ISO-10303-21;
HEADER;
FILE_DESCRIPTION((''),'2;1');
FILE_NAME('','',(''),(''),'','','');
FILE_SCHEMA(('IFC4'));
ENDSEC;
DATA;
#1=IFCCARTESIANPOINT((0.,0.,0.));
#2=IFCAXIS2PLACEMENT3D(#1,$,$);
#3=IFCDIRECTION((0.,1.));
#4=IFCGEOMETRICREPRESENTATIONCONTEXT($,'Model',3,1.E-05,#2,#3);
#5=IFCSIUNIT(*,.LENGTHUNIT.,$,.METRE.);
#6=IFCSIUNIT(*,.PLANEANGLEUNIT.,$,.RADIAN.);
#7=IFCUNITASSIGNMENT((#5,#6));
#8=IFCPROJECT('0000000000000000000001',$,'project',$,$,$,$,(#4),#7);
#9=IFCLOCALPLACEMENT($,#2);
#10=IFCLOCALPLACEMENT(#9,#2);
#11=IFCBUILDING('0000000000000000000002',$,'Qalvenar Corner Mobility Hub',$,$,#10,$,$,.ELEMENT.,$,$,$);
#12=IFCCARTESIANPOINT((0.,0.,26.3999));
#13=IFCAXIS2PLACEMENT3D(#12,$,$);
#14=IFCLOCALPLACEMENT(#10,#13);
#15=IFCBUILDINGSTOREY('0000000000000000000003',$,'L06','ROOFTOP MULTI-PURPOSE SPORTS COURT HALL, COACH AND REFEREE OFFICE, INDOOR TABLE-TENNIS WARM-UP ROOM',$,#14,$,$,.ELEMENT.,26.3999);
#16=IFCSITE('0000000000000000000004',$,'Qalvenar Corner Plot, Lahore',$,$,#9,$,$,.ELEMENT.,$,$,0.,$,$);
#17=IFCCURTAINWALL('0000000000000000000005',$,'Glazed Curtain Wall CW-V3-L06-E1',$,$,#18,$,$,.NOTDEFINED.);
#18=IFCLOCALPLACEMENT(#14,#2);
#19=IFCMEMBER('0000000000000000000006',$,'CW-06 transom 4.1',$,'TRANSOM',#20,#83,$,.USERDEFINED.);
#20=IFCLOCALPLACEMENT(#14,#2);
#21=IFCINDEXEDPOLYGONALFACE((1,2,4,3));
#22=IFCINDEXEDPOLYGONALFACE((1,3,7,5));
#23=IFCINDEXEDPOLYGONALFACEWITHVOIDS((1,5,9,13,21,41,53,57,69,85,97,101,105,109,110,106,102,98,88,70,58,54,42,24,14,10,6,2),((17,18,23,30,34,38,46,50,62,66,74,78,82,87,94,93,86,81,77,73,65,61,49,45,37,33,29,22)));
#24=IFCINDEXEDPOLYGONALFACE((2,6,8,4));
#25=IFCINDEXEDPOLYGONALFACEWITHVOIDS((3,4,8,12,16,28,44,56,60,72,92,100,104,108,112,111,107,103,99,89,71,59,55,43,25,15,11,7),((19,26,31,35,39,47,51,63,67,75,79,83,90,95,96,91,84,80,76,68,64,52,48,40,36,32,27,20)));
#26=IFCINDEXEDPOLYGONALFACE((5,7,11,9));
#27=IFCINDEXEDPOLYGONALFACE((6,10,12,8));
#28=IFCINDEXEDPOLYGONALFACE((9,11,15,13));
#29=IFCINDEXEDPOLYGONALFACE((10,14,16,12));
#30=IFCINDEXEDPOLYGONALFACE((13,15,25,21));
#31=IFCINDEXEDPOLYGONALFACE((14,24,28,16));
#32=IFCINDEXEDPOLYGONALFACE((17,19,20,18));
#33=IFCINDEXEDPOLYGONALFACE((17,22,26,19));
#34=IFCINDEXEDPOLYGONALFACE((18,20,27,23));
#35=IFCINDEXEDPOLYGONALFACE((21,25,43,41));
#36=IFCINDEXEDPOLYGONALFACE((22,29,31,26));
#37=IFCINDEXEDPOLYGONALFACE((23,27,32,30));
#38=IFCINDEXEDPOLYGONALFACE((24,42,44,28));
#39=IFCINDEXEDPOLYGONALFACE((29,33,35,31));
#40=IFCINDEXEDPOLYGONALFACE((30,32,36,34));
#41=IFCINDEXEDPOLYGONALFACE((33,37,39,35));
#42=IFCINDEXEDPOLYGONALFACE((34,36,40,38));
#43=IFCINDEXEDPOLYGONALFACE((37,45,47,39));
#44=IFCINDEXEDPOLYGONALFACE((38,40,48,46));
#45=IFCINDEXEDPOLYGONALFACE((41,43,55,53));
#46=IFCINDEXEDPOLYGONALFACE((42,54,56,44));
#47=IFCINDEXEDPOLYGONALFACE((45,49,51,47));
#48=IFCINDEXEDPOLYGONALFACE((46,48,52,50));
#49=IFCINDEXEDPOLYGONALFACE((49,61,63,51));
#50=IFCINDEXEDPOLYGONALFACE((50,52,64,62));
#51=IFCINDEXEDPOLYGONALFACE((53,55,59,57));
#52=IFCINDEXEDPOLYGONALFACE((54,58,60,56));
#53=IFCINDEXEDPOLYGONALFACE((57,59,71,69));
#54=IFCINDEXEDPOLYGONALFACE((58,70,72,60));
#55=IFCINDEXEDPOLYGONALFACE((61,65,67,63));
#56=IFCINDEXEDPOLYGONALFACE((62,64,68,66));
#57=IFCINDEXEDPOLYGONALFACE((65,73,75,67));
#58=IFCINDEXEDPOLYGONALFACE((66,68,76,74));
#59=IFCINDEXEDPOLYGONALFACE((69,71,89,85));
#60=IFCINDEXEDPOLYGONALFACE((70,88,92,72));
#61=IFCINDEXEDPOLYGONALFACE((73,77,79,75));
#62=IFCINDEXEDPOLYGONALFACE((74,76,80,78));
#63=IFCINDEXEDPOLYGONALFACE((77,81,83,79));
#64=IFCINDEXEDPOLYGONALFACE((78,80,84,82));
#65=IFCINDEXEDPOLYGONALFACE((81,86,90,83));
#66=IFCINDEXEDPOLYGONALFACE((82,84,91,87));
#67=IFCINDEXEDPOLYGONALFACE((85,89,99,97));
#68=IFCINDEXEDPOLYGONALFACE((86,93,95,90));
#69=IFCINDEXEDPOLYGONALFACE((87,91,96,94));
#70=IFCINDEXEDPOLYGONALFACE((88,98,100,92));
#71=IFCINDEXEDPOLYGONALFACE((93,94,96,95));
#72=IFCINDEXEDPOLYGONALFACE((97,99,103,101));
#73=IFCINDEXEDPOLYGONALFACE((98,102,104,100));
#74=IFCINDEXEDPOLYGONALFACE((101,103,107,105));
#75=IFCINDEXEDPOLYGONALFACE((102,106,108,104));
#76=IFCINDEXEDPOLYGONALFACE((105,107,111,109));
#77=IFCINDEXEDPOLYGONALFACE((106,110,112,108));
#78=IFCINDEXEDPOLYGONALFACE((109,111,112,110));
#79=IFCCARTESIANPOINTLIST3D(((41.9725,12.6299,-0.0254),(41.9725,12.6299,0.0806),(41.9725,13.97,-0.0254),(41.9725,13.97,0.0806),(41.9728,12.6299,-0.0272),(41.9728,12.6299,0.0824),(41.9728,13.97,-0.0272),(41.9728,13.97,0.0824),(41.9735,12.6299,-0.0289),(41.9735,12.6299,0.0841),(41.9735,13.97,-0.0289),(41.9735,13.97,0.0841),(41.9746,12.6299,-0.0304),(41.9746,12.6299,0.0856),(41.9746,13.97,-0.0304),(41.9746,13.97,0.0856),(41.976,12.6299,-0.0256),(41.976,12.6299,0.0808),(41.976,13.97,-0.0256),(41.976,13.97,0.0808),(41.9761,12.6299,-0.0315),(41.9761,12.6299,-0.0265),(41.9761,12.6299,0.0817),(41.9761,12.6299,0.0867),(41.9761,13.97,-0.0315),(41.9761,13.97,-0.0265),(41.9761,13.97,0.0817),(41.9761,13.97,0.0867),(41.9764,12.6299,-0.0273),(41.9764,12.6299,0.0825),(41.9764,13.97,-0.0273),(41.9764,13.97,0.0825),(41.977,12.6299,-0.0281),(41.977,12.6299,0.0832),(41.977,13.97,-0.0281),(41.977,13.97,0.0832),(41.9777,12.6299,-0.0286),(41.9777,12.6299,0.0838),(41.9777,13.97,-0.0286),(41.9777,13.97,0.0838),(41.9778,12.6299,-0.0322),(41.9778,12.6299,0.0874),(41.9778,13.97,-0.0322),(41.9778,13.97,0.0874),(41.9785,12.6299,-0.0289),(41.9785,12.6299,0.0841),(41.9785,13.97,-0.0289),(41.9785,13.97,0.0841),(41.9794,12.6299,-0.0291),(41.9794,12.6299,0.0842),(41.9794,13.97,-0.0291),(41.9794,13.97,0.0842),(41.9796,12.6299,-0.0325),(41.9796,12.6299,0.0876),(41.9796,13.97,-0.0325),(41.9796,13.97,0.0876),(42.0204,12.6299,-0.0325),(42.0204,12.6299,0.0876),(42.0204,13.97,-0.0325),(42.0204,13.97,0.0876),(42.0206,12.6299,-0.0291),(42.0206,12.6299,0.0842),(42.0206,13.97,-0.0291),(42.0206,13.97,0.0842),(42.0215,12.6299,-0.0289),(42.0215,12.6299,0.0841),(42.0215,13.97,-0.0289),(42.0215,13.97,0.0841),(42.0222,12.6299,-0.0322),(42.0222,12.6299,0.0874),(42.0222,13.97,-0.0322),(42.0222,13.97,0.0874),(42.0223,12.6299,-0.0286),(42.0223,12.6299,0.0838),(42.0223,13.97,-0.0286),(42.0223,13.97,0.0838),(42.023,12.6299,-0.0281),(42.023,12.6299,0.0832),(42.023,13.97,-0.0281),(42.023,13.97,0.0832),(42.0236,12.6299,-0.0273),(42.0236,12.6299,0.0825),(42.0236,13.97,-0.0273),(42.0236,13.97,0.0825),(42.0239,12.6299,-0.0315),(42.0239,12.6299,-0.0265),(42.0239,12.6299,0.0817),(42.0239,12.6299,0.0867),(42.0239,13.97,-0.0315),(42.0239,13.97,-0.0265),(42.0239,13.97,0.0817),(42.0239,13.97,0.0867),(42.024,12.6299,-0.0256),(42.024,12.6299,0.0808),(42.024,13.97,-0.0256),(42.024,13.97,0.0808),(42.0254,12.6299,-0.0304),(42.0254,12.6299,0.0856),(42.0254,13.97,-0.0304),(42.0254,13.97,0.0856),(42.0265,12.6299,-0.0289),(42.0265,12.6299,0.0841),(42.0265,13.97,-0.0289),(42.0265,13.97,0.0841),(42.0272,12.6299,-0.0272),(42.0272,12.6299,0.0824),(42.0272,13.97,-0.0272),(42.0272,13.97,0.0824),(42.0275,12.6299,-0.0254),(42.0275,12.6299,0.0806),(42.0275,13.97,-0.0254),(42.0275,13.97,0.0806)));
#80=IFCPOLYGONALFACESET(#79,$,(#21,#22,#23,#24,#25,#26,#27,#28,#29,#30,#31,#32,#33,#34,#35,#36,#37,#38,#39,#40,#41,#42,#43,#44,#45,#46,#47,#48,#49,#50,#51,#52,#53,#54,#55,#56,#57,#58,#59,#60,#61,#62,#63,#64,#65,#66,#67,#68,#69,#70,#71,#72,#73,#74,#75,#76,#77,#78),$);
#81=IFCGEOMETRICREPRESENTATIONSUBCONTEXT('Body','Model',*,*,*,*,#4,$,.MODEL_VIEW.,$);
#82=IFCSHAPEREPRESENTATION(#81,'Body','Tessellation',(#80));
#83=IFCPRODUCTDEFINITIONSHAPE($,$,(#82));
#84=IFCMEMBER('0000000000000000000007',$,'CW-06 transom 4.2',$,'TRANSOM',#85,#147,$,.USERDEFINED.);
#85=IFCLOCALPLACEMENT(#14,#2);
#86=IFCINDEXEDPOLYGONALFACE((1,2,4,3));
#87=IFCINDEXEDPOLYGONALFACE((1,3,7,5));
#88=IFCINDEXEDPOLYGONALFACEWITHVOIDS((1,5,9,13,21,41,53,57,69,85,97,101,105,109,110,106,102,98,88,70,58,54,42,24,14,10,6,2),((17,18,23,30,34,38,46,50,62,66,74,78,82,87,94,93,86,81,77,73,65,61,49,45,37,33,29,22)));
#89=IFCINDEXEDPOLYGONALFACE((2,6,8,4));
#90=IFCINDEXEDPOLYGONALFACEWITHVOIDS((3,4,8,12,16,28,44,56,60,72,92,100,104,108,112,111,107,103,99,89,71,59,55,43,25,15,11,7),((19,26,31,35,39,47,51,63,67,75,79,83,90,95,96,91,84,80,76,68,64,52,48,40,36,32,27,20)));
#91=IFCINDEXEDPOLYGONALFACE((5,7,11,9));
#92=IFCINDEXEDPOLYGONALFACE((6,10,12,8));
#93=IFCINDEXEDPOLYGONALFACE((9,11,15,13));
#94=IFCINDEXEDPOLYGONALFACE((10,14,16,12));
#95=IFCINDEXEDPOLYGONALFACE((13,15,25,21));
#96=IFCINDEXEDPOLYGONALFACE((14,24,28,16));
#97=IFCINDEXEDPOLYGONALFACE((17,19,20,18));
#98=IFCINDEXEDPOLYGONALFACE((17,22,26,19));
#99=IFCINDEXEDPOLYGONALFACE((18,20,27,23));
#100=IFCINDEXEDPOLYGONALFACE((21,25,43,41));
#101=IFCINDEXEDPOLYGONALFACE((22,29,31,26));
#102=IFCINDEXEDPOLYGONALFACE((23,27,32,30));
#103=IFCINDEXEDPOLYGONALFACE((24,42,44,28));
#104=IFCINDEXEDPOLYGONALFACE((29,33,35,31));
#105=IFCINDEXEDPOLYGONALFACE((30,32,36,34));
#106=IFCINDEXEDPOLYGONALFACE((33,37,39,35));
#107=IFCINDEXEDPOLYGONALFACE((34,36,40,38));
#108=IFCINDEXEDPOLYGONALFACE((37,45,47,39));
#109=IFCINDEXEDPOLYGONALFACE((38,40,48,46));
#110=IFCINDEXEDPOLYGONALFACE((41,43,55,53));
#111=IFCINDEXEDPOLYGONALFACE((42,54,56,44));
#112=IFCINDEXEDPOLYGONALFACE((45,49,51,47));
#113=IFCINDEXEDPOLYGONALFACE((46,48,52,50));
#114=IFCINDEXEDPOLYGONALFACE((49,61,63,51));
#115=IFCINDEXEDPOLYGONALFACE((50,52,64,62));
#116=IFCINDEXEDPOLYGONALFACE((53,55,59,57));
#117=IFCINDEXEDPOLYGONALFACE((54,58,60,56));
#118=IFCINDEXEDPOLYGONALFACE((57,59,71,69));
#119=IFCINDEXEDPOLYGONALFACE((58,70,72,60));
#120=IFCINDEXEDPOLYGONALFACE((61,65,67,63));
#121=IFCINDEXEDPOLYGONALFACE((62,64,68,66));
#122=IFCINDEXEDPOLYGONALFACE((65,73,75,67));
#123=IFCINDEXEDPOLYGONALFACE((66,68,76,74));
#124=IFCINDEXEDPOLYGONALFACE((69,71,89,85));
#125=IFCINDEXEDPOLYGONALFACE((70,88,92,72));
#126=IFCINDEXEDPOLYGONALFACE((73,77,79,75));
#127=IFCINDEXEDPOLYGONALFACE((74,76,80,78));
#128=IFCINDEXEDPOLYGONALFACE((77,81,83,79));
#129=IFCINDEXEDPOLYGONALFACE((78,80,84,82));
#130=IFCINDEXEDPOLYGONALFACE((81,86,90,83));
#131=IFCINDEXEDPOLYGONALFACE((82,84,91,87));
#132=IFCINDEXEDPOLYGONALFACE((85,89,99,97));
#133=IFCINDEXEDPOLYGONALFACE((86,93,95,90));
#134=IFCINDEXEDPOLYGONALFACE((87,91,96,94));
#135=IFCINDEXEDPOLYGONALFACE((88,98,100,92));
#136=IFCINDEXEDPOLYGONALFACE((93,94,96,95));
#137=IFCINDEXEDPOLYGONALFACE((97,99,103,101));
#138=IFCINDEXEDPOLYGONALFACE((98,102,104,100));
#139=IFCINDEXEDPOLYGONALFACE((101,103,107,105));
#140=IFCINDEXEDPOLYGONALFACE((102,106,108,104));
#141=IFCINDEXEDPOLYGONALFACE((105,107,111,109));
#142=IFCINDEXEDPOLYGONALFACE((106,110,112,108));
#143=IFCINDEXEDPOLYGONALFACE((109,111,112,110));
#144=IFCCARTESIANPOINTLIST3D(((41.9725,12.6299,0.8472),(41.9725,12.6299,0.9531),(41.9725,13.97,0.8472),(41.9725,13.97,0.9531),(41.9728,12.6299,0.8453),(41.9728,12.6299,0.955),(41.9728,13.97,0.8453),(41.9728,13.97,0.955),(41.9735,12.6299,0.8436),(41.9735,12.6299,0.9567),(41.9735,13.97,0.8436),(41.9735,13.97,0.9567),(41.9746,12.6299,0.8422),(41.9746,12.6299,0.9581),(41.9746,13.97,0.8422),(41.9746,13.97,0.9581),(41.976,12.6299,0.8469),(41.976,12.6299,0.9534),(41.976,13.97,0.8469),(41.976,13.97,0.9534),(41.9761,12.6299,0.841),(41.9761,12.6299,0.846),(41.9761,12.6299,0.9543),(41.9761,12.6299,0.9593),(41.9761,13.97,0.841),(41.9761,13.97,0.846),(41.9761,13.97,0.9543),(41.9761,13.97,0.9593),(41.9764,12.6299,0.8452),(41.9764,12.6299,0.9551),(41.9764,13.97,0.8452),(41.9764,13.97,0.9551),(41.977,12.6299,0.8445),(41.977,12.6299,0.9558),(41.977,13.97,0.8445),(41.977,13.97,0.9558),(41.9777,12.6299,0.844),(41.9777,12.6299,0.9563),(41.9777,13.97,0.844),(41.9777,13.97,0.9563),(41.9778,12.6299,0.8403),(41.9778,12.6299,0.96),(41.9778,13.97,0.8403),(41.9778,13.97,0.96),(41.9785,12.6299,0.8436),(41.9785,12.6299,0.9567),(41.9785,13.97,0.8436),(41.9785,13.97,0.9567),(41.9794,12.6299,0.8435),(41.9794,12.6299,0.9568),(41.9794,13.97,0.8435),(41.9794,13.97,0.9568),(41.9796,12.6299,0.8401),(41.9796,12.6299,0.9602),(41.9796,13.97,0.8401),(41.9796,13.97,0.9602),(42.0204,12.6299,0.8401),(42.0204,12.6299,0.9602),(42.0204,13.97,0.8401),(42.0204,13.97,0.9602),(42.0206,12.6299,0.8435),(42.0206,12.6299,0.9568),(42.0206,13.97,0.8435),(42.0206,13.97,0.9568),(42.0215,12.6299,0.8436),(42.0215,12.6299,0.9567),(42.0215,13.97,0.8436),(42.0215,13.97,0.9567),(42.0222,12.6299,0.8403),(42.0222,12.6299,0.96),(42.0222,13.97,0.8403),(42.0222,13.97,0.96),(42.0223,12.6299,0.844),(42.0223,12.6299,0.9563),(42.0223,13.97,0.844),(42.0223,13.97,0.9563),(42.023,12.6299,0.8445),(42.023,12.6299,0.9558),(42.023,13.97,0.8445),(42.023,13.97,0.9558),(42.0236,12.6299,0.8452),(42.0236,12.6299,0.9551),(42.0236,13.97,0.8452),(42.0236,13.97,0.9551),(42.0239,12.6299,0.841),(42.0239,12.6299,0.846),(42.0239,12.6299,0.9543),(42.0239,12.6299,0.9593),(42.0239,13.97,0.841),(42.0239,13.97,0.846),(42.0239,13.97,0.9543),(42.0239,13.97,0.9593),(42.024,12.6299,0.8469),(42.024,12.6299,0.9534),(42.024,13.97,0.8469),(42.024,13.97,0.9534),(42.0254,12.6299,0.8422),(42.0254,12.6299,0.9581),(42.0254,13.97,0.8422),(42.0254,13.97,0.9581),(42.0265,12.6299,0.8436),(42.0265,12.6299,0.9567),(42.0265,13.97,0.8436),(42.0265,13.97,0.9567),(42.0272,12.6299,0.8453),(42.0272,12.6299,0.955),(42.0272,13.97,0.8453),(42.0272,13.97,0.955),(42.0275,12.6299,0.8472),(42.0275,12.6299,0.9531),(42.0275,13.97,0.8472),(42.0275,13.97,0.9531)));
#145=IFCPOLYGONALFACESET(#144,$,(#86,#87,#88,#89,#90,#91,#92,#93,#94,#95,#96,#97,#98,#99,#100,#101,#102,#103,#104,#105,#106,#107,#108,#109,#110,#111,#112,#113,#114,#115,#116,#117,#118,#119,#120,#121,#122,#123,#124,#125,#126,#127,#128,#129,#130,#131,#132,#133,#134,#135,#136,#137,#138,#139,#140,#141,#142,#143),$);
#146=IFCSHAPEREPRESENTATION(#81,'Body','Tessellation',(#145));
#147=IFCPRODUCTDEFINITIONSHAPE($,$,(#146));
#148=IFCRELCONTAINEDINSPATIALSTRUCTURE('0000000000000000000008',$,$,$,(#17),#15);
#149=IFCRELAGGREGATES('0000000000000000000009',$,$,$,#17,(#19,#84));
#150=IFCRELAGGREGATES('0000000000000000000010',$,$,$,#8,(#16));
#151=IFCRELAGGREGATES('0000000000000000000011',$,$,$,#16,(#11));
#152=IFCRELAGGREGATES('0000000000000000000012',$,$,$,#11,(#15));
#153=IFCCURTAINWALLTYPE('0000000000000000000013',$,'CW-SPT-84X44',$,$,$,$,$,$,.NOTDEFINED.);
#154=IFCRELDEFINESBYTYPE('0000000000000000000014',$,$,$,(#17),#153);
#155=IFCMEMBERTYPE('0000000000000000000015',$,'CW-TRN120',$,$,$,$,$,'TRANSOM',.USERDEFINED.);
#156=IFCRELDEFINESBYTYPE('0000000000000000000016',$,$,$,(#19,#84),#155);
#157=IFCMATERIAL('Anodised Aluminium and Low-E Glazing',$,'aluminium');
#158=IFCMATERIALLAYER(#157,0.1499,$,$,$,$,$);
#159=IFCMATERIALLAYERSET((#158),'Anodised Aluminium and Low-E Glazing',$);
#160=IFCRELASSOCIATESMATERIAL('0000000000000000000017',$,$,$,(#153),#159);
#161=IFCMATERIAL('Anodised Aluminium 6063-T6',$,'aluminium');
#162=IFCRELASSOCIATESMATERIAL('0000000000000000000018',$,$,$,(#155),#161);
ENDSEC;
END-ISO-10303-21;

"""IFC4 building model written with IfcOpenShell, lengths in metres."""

from ifc_helpers import new_model, si_unit, direction, frame, origin, origin_2d, place, context, subcontext, project, spatial, hollow_rectangle, extrude, material, layer, layer_set, material_profile, profile_set, type_object, element, aggregate, save


model = new_model("IFC4")

# Units and contexts
model_context = context("Model", 3, precision=1e-05, world=origin(), true_north=direction((0.0, 1.0)))
body_context = subcontext(model_context, "Body", "Model", "MODEL_VIEW")
ifc_project = project(units=[si_unit("LENGTHUNIT", "METRE"), si_unit("PLANEANGLEUNIT", "RADIAN")], contexts=[model_context])

# Site, building, storey
site_placement = place(None, origin())
site = spatial("IfcSite", under=ifc_project, at=site_placement, Name="Qalvenar Corner Plot, Lahore", CompositionType="ELEMENT", RefElevation=0.0)
building_placement = place(site_placement, origin())
building = spatial("IfcBuilding", under=site, at=building_placement, Name="Qalvenar Corner Mobility Hub", CompositionType="ELEMENT")
storey_placement = place(building_placement, frame((0.0, 0.0, 26.3999)))
storey = spatial("IfcBuildingStorey", under=building, at=storey_placement, Name="L06", Description="ROOFTOP MULTI-PURPOSE SPORTS COURT HALL, COACH AND REFEREE OFFICE, INDOOR TABLE-TENNIS WARM-UP ROOM", CompositionType="ELEMENT", Elevation=26.3999)

# Curtain wall, members
ifc_material_1 = material(Name="Anodised Aluminium and Low-E Glazing", Category="aluminium")
ifc_layer_1 = layer(ifc_material_1, 0.1499)
ifc_layer_set_1 = layer_set([ifc_layer_1], Name="Anodised Aluminium and Low-E Glazing")
curtain_wall_type = type_object("IfcCurtainWallType", Name="CW-SPT-84X44", PredefinedType="NOTDEFINED", material=ifc_layer_set_1)
curtain_wall_placement = place(storey_placement, origin())
curtain_wall = element("IfcCurtainWall", 1, at=curtain_wall_placement, inside=storey, type_object=curtain_wall_type, Name="Glazed Curtain Wall CW-V3-L06-E1", PredefinedType="NOTDEFINED")
ifc_material_2 = material(Name="Anodised Aluminium 6063-T6", Category="aluminium")
ifc_material_profile_1 = material_profile(ifc_material_2, hollow_rectangle(XDim=0.0549, YDim=0.1201, WallThickness=0.0034, InnerFilletRadius=0.0034, OuterFilletRadius=0.0071, at=origin_2d()), Name="RHS120x55x3.5")
ifc_profile_set_1 = profile_set([ifc_material_profile_1], Name="Anodised Aluminium 6063-T6")
member_type_1 = type_object("IfcMemberType", Name="CW-TRN120", ElementType="TRANSOM", PredefinedType="USERDEFINED", material=ifc_profile_set_1)
member_1_placement = place(storey_placement, frame((42.0, 12.6299, 0.0276), z_axis=(0.0, 1.0, 0.0), x_axis=(-1.0, 0.0, 0.0)))
member_1 = element("IfcMember", 2, at=member_1_placement, type_object=member_type_1, Name="CW-06 transom 4.1", ObjectType="TRANSOM", PredefinedType="USERDEFINED", context=body_context, shape_type="SweptSolid", body=[
    extrude(hollow_rectangle(XDim=0.0549, YDim=0.1201, WallThickness=0.0034, InnerFilletRadius=0.0034, OuterFilletRadius=0.0071, at=origin_2d()), origin(), (0.0, 0.0, 1.0), 1.3401),
])
member_2_placement = place(storey_placement, frame((42.0, 12.6299, 0.9001), z_axis=(0.0, 1.0, 0.0), x_axis=(-1.0, 0.0, 0.0)))
member_2 = element("IfcMember", 3, at=member_2_placement, type_object=member_type_1, Name="CW-06 transom 4.2", ObjectType="TRANSOM", PredefinedType="USERDEFINED", context=body_context, shape_type="SweptSolid", body=[
    extrude(hollow_rectangle(XDim=0.0549, YDim=0.1201, WallThickness=0.0034, InnerFilletRadius=0.0034, OuterFilletRadius=0.0071, at=origin_2d()), origin(), (0.0, 0.0, 1.0), 1.3401),
])
aggregate(curtain_wall, [member_1, member_2])

save(model, "model.ifc")
